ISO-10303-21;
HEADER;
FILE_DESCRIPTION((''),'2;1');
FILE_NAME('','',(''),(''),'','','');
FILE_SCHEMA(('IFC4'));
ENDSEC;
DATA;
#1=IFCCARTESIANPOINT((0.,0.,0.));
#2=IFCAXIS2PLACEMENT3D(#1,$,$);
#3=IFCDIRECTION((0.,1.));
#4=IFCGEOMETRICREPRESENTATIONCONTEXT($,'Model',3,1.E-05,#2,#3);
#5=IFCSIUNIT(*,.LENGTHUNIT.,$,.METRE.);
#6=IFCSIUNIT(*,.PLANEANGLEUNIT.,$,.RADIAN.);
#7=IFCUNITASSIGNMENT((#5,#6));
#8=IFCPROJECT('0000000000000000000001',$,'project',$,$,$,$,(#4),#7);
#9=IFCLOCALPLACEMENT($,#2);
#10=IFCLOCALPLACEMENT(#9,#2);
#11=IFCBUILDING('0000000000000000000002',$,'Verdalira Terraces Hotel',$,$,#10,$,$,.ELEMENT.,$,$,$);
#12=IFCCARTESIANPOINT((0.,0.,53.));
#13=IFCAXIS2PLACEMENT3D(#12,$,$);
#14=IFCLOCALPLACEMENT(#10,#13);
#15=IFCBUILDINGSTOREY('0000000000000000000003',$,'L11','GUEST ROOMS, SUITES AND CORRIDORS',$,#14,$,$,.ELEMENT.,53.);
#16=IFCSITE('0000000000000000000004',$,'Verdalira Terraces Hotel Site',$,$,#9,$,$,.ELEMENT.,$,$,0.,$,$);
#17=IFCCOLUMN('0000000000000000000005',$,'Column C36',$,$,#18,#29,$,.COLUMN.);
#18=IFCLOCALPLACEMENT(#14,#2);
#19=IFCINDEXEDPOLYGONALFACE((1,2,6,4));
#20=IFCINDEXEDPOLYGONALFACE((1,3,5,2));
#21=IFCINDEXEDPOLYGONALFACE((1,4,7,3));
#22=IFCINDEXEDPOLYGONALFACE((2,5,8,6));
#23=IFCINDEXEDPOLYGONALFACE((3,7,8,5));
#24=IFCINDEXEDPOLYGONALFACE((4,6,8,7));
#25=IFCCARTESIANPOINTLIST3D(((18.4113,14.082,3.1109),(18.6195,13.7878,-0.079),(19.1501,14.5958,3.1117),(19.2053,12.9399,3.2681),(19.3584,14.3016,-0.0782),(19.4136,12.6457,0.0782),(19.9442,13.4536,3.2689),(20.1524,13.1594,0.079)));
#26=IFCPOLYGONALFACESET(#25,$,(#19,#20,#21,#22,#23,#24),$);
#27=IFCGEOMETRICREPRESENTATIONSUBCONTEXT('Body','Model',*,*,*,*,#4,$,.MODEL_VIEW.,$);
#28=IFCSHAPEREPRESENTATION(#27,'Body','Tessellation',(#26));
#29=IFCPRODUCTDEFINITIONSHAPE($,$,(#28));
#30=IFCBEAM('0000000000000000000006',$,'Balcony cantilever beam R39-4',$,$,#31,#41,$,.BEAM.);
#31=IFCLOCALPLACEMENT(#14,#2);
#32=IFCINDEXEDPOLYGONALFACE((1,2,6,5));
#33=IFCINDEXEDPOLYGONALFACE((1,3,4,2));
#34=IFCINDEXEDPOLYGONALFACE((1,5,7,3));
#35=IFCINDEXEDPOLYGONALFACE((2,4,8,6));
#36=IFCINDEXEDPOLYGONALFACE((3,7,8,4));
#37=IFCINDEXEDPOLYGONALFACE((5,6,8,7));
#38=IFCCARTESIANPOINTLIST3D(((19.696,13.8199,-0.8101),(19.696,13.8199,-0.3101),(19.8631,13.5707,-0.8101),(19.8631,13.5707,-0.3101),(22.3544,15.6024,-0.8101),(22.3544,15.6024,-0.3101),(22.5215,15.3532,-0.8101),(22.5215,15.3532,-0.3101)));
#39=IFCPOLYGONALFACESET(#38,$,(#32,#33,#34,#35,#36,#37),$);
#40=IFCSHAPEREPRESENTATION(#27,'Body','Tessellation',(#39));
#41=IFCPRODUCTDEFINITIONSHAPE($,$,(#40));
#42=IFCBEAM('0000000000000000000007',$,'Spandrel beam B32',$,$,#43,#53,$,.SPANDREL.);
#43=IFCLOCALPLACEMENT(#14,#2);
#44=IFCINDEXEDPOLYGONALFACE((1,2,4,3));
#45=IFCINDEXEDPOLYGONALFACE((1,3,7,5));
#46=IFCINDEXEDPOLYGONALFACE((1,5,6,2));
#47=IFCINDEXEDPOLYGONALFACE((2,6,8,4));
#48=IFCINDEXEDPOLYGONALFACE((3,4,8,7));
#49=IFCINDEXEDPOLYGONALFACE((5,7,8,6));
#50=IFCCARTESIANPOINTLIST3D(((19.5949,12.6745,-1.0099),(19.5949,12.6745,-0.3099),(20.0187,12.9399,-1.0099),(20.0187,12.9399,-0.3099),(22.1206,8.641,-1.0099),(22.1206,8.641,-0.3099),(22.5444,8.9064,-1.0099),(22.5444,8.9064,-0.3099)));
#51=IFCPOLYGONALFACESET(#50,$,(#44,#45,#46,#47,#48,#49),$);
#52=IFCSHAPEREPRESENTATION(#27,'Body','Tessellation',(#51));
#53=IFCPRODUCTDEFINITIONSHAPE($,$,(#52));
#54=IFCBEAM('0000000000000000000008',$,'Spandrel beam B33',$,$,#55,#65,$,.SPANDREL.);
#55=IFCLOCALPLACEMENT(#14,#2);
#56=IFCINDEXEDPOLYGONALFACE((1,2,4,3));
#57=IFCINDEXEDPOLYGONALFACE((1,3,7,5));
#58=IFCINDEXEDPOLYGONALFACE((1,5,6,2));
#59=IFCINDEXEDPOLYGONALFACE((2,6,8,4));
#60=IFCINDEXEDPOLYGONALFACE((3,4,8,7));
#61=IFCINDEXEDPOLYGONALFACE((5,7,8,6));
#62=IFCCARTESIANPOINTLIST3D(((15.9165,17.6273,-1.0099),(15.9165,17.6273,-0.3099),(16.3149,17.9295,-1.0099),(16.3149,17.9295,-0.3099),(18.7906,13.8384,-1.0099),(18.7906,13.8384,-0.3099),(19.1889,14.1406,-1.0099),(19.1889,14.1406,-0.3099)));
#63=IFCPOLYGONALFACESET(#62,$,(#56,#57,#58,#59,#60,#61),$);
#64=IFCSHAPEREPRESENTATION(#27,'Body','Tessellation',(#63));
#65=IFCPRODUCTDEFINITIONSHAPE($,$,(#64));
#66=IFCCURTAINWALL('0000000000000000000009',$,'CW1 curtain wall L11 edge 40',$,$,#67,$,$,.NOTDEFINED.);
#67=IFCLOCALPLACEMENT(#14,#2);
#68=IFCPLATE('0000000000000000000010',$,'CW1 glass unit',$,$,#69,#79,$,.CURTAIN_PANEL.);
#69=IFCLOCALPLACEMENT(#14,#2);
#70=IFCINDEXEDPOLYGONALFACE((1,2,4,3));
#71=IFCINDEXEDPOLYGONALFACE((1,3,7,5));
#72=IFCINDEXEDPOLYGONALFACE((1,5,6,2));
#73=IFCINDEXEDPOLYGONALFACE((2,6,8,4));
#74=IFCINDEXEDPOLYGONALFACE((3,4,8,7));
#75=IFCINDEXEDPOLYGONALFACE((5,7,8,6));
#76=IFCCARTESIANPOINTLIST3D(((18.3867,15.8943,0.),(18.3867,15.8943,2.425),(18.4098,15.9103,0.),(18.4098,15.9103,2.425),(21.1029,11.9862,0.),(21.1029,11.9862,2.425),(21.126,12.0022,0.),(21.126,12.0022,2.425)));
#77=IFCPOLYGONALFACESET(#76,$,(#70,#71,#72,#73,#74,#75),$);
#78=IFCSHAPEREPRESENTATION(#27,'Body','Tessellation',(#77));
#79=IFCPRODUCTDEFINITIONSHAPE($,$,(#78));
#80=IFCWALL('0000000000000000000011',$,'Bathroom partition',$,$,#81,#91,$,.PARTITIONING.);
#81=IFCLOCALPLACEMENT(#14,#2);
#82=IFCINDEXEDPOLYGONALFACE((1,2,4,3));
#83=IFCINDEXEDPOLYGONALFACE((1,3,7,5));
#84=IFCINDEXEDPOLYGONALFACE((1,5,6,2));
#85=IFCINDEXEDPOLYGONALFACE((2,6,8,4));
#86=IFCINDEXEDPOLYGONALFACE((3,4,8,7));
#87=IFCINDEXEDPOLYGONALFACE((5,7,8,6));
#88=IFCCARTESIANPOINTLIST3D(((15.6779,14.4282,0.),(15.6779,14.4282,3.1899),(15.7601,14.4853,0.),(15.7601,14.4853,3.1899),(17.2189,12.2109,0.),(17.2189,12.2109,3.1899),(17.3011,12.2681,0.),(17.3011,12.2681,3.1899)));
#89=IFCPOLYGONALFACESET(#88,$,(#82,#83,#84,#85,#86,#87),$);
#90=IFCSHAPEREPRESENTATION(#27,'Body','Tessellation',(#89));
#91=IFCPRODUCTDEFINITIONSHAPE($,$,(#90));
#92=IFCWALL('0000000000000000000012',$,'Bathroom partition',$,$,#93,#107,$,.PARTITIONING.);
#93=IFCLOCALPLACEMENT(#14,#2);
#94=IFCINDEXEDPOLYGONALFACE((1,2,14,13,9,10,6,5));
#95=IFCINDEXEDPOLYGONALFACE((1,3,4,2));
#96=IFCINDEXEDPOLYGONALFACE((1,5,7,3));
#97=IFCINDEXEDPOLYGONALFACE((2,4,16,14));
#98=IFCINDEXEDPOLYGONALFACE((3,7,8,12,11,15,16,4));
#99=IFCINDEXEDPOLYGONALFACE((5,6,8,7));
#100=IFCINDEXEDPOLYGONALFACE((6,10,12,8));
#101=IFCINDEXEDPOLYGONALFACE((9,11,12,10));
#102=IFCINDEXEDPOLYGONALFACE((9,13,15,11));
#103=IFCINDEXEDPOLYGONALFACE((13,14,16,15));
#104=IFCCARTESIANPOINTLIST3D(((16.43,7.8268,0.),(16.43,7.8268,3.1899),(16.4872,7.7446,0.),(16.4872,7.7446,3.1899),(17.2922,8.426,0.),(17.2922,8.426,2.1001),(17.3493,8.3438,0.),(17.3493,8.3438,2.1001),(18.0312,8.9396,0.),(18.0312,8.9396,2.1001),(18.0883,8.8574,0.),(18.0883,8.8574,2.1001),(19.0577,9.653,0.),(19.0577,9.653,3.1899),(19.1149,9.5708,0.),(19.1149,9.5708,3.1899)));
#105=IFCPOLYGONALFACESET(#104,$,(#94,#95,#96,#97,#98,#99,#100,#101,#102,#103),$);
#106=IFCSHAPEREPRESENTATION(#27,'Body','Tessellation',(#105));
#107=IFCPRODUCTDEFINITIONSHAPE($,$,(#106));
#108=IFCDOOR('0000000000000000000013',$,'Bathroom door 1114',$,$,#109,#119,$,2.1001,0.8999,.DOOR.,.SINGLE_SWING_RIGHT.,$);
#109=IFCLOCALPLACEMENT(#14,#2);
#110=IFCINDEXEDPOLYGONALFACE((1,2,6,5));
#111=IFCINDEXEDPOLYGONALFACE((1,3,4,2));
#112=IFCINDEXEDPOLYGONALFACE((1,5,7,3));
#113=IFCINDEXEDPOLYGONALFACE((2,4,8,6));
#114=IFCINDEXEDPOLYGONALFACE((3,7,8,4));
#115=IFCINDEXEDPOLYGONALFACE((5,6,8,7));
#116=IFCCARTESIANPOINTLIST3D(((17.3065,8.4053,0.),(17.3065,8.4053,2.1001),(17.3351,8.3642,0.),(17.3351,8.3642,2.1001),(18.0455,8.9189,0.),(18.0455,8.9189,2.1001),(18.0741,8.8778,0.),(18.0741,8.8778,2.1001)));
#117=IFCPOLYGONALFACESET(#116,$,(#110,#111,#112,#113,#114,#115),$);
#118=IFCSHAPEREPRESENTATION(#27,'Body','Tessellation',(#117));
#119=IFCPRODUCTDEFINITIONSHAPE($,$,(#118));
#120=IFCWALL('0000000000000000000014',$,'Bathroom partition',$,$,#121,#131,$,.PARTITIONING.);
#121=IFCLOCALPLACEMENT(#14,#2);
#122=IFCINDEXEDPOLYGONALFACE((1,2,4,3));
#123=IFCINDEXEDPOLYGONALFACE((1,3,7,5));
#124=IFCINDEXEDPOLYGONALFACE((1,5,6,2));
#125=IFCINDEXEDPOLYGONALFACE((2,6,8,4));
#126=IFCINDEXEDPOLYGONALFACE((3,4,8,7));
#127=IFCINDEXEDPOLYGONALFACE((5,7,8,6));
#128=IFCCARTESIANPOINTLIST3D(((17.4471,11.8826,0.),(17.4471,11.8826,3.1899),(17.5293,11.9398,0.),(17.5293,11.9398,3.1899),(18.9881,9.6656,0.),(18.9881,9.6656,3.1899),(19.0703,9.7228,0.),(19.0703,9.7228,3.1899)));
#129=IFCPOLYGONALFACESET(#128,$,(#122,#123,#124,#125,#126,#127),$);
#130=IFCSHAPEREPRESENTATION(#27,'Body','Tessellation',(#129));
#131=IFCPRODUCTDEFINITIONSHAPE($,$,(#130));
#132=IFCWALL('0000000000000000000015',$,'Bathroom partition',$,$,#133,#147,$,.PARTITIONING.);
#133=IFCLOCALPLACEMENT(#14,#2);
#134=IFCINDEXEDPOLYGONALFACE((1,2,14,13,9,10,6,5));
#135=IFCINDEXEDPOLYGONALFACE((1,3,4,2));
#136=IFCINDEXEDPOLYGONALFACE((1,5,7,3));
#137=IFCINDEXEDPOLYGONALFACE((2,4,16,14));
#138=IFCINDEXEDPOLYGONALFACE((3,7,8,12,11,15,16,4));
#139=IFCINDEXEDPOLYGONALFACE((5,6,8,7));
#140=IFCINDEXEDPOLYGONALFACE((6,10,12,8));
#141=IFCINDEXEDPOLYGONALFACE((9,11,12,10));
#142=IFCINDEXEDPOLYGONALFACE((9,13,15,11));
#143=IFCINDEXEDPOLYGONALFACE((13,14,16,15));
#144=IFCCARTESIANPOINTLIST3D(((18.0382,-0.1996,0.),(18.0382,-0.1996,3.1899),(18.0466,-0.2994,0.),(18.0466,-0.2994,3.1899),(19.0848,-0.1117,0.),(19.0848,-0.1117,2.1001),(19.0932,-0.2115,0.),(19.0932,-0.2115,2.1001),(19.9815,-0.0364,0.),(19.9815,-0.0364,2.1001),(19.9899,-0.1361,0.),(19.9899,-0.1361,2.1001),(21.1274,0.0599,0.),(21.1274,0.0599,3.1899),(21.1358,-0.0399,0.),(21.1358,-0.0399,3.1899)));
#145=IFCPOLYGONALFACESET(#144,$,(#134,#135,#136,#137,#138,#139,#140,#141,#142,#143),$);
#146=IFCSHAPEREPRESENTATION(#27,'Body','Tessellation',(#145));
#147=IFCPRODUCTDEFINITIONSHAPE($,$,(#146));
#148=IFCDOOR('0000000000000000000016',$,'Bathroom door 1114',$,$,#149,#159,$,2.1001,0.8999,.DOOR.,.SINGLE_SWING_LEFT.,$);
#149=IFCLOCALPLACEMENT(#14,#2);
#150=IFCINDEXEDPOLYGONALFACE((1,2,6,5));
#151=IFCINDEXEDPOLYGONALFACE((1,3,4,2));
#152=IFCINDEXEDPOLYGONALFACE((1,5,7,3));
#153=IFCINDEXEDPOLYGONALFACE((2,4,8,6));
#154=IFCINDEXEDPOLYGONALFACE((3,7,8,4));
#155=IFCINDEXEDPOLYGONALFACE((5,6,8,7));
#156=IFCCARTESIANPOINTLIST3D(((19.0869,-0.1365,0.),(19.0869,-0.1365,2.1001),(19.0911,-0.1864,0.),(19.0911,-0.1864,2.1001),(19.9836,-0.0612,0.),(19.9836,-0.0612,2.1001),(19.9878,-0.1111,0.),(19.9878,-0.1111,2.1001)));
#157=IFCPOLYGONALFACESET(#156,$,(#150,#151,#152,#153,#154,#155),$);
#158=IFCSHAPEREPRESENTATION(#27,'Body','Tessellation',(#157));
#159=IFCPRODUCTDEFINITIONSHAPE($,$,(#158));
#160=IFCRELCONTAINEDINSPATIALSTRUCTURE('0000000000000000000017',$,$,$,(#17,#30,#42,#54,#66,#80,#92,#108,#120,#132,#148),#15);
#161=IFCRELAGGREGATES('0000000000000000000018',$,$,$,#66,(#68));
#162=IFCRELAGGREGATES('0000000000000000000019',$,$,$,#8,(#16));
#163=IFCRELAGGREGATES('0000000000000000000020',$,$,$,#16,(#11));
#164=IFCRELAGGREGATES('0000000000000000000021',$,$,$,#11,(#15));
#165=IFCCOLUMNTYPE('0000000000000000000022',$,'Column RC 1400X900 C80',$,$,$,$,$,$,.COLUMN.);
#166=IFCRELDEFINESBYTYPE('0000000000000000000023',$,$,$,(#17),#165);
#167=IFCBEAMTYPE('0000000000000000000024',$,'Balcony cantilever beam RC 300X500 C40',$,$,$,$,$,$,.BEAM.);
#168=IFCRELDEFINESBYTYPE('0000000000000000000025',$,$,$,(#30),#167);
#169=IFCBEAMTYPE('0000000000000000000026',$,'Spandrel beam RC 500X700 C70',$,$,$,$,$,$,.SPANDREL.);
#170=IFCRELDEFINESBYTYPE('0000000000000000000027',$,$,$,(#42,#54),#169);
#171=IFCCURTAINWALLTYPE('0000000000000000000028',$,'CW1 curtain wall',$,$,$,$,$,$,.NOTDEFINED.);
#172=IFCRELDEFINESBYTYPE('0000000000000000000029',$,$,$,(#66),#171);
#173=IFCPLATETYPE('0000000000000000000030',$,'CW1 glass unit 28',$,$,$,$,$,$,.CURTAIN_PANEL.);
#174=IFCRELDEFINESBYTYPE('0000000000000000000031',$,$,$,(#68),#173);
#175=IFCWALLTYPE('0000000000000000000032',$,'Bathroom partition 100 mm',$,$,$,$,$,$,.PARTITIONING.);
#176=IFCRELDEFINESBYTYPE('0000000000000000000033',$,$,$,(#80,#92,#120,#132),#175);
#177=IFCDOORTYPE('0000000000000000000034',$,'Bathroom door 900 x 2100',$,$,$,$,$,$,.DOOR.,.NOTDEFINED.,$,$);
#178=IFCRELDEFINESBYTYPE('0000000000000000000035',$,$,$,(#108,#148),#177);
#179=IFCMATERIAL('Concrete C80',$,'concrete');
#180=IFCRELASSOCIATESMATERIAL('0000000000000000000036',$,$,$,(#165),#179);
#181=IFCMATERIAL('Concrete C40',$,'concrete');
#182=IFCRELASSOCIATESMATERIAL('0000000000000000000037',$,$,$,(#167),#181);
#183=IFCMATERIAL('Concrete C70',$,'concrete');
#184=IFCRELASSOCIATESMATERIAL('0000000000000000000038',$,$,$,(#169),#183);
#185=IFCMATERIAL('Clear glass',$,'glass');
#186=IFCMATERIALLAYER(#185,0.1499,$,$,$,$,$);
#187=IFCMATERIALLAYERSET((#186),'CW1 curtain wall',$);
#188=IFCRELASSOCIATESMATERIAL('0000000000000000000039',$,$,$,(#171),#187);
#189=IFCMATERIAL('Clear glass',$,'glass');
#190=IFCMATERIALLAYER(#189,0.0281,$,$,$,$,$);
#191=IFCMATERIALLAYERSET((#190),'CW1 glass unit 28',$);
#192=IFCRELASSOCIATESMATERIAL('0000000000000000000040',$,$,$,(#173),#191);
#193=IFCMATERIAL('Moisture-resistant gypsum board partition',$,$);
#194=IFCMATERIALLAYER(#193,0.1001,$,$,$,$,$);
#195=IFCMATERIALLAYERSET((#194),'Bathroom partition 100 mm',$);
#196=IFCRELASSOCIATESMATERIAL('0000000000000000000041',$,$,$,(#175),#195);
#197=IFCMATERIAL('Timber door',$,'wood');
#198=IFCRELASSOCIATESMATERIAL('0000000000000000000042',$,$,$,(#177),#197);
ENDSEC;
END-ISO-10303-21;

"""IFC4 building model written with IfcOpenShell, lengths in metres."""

from ifc_helpers import new_model, si_unit, direction, frame, frame_2d, origin, origin_2d, place, context, subcontext, project, spatial, rectangle, extrude, material, layer, layer_set, material_profile, profile_set, type_object, element, fill, aggregate, save


model = new_model("IFC4")

# Units and contexts
model_context = context("Model", 3, precision=1e-05, world=origin(), true_north=direction((0.0, 1.0)))
body_context = subcontext(model_context, "Body", "Model", "MODEL_VIEW")
ifc_project = project(units=[si_unit("LENGTHUNIT", "METRE"), si_unit("PLANEANGLEUNIT", "RADIAN")], contexts=[model_context])

# Site, building, storey
site_placement = place(None, origin())
site = spatial("IfcSite", under=ifc_project, at=site_placement, Name="Verdalira Terraces Hotel Site", CompositionType="ELEMENT", RefElevation=0.0)
building_placement = place(site_placement, origin())
building = spatial("IfcBuilding", under=site, at=building_placement, Name="Verdalira Terraces Hotel", CompositionType="ELEMENT")
storey_placement = place(building_placement, frame((0.0, 0.0, 53.0)))
storey = spatial("IfcBuildingStorey", under=building, at=storey_placement, Name="L11", Description="GUEST ROOMS, SUITES AND CORRIDORS", CompositionType="ELEMENT", Elevation=53.0)

# Column
ifc_material_1 = material(Name="Concrete C80", Category="concrete")
ifc_material_profile_1 = material_profile(ifc_material_1, rectangle(XDim=1.3999, YDim=0.8999, at=origin_2d()), Name="RC 1400X900")
ifc_profile_set_1 = profile_set([ifc_material_profile_1], Name="Concrete C80")
column_type = type_object("IfcColumnType", Name="Column RC 1400X900 C80", PredefinedType="COLUMN", material=ifc_profile_set_1)
column_placement = place(storey_placement, frame((19.386, 13.4736, 0.0), z_axis=(-0.064871, 0.091641, 0.993677), x_axis=(-0.567217, 0.815879, -0.112274)))
element("IfcColumn", 1, at=column_placement, inside=storey, type_object=column_type, Name="Column C36", PredefinedType="COLUMN", context=body_context, shape_type="SweptSolid", body=[
    extrude(rectangle(XDim=1.3999, YDim=0.8999, at=origin_2d()), origin(), (0.0, 0.0, 1.0), 3.2102),
])

# Beams
ifc_material_2 = material(Name="Concrete C40", Category="concrete")
ifc_material_profile_2 = material_profile(ifc_material_2, rectangle(XDim=0.3, YDim=0.5, at=origin_2d()), Name="RC 300X500")
ifc_profile_set_2 = profile_set([ifc_material_profile_2], Name="Concrete C40")
beam_type_1 = type_object("IfcBeamType", Name="Balcony cantilever beam RC 300X500 C40", PredefinedType="BEAM", material=ifc_profile_set_2)
beam_1_placement = place(storey_placement, frame((19.7795, 13.6953, -0.5601), z_axis=(0.830581, 0.556899, 0.0), x_axis=(-0.556899, 0.830581, 0.0)))
element("IfcBeam", 2, at=beam_1_placement, inside=storey, type_object=beam_type_1, Name="Balcony cantilever beam R39-4", PredefinedType="BEAM", context=body_context, shape_type="SweptSolid", body=[
    extrude(rectangle(XDim=0.3, YDim=0.5, at=origin_2d()), origin(), (0.0, 0.0, 1.0), 3.2007),
])
ifc_material_3 = material(Name="Concrete C70", Category="concrete")
ifc_material_profile_3 = material_profile(ifc_material_3, rectangle(XDim=0.5, YDim=0.7, at=origin_2d()), Name="RC 500X700")
ifc_profile_set_3 = profile_set([ifc_material_profile_3], Name="Concrete C70")
beam_type_2 = type_object("IfcBeamType", Name="Spandrel beam RC 500X700 C70", PredefinedType="SPANDREL", material=ifc_profile_set_3)
beam_2_placement = place(storey_placement, frame((22.3325, 8.7737, -0.6599), z_axis=(-0.530714, 0.847551, 0.0), x_axis=(-0.847551, -0.530714, 0.0)))
element("IfcBeam", 3, at=beam_2_placement, inside=storey, type_object=beam_type_2, Name="Spandrel beam B32", PredefinedType="SPANDREL", context=body_context, shape_type="SweptSolid", body=[
    extrude(rectangle(XDim=0.5, YDim=0.7, at=origin_2d()), origin(), (0.0, 0.0, 1.0), 4.759),
])
beam_3_placement = place(storey_placement, frame((18.9897, 13.9895, -0.6599), z_axis=(-0.604353, 0.796717, 0.0), x_axis=(-0.796717, -0.604353, 0.0)))
element("IfcBeam", 4, at=beam_3_placement, inside=storey, type_object=beam_type_2, Name="Spandrel beam B33", PredefinedType="SPANDREL", context=body_context, shape_type="SweptSolid", body=[
    extrude(rectangle(XDim=0.5, YDim=0.7, at=origin_2d()), origin(), (0.0, 0.0, 1.0), 4.7556),
])

# Curtain wall, plate
ifc_material_4 = material(Name="Clear glass", Category="glass")
ifc_layer_1 = layer(ifc_material_4, 0.1499)
ifc_layer_set_1 = layer_set([ifc_layer_1], Name="CW1 curtain wall")
curtain_wall_type = type_object("IfcCurtainWallType", Name="CW1 curtain wall", PredefinedType="NOTDEFINED", material=ifc_layer_set_1)
curtain_wall_placement = place(storey_placement, origin())
curtain_wall = element("IfcCurtainWall", 5, at=curtain_wall_placement, inside=storey, type_object=curtain_wall_type, Name="CW1 curtain wall L11 edge 40", PredefinedType="NOTDEFINED")
ifc_material_5 = material(Name="Clear glass", Category="glass")
ifc_layer_2 = layer(ifc_material_5, 0.0281)
ifc_layer_set_2 = layer_set([ifc_layer_2], Name="CW1 glass unit 28")
plate_type = type_object("IfcPlateType", Name="CW1 glass unit 28", PredefinedType="CURTAIN_PANEL", material=ifc_layer_set_2)
plate_placement = place(storey_placement, frame((19.7563, 13.9482, 0.0), z_axis=(0.0, 0.0, 1.0), x_axis=(-0.570714, 0.821149, 0.0)))
plate = element("IfcPlate", 6, at=plate_placement, type_object=plate_type, Name="CW1 glass unit", PredefinedType="CURTAIN_PANEL", context=body_context, shape_type="SweptSolid", body=[
    extrude(rectangle(XDim=4.7593, YDim=0.0281, at=origin_2d()), origin(), (0.0, 0.0, 1.0), 2.425),
])
aggregate(curtain_wall, [plate])

# Wall
ifc_material_6 = material(Name="Moisture-resistant gypsum board partition")
ifc_layer_3 = layer(ifc_material_6, 0.1001)
ifc_layer_set_3 = layer_set([ifc_layer_3], Name="Bathroom partition 100 mm")
wall_type_1 = type_object("IfcWallType", Name="Bathroom partition 100 mm", PredefinedType="PARTITIONING", material=ifc_layer_set_3)
wall_1_placement = place(storey_placement, frame((15.719, 14.4568, 0.0), z_axis=(0.0, 0.0, 1.0), x_axis=(0.570704, -0.821156, 0.0)))
element("IfcWall", 7, at=wall_1_placement, inside=storey, type_object=wall_type_1, Name="Bathroom partition", PredefinedType="PARTITIONING", context=body_context, shape_type="SweptSolid", body=[
    extrude(rectangle(XDim=2.7002, YDim=0.1001, at=frame_2d((1.3501, 0.0))), origin(), (0.0, 0.0, 1.0), 3.1899),
])

# Wall, opening, door
wall_2_placement = place(storey_placement, frame((16.4585, 7.7856, 0.0), z_axis=(0.0, 0.0, 1.0), x_axis=(0.821166, 0.570689, 0.0)))
wall_2 = element("IfcWall", 8, at=wall_2_placement, inside=storey, type_object=wall_type_1, Name="Bathroom partition", PredefinedType="PARTITIONING", context=body_context, shape_type="SweptSolid", body=[
    extrude(rectangle(XDim=3.2, YDim=0.1001, at=frame_2d((1.6001, 0.0))), origin(), (0.0, 0.0, 1.0), 3.1899),
])
opening_1_placement = place(wall_2_placement, frame((1.05, 0.0, 0.0)))
opening_1 = element("IfcOpeningElement", 9, at=opening_1_placement, cuts=wall_2, PredefinedType="OPENING", context=body_context, shape_type="SweptSolid", body=[
    extrude(rectangle(XDim=0.8999, YDim=2.1001, at=frame_2d((0.45, 1.05))), frame((0.0, 0.0601, 0.0), z_axis=(0.0, -1.0, 0.0), x_axis=(1.0, 0.0, 0.0)), (0.0, 0.0, 1.0), 0.1201),
])
ifc_material_7 = material(Name="Timber door", Category="wood")
door_type_1 = type_object("IfcDoorType", Name="Bathroom door 900 x 2100", OperationType="NOTDEFINED", PredefinedType="DOOR", material=ifc_material_7)
door_1_placement = place(opening_1_placement, origin())
door_1 = element("IfcDoor", 10, at=door_1_placement, inside=storey, type_object=door_type_1, Name="Bathroom door 1114", OperationType="SINGLE_SWING_RIGHT", OverallHeight=2.1001, OverallWidth=0.8999, PredefinedType="DOOR", context=body_context, shape_type="SweptSolid", body=[
    extrude(rectangle(XDim=0.8999, YDim=2.1001, at=frame_2d((0.45, 1.05))), frame((0.0, 0.0249, 0.0), z_axis=(0.0, -1.0, 0.0), x_axis=(1.0, 0.0, 0.0)), (0.0, 0.0, 1.0), 0.05),
])
fill(opening_1, door_1)

# Wall
wall_3_placement = place(storey_placement, frame((19.0293, 9.6941, 0.0), z_axis=(0.0, 0.0, 1.0), x_axis=(-0.570747, 0.821126, 0.0)))
element("IfcWall", 11, at=wall_3_placement, inside=storey, type_object=wall_type_1, Name="Bathroom partition", PredefinedType="PARTITIONING", context=body_context, shape_type="SweptSolid", body=[
    extrude(rectangle(XDim=2.7, YDim=0.1001, at=frame_2d((1.3501, 0.0))), origin(), (0.0, 0.0, 1.0), 3.1899),
])

# Wall, opening, door
wall_4_placement = place(storey_placement, frame((21.1316, 0.01, 0.0), z_axis=(0.0, 0.0, 1.0), x_axis=(-0.99649, -0.083717, 0.0)))
wall_4 = element("IfcWall", 12, at=wall_4_placement, inside=storey, type_object=wall_type_1, Name="Bathroom partition", PredefinedType="PARTITIONING", context=body_context, shape_type="SweptSolid", body=[
    extrude(rectangle(XDim=3.1001, YDim=0.1001, at=frame_2d((1.55, 0.0))), origin(), (0.0, 0.0, 1.0), 3.1899),
])
opening_2_placement = place(wall_4_placement, frame((1.1499, 0.0, 0.0)))
opening_2 = element("IfcOpeningElement", 13, at=opening_2_placement, cuts=wall_4, PredefinedType="OPENING", context=body_context, shape_type="SweptSolid", body=[
    extrude(rectangle(XDim=0.8999, YDim=2.1001, at=frame_2d((0.45, 1.05))), frame((0.0, 0.0601, 0.0), z_axis=(0.0, -1.0, 0.0), x_axis=(1.0, 0.0, 0.0)), (0.0, 0.0, 1.0), 0.1201),
])
door_2_placement = place(opening_2_placement, origin())
door_2 = element("IfcDoor", 14, at=door_2_placement, inside=storey, type_object=door_type_1, Name="Bathroom door 1114", OperationType="SINGLE_SWING_LEFT", OverallHeight=2.1001, OverallWidth=0.8999, PredefinedType="DOOR", context=body_context, shape_type="SweptSolid", body=[
    extrude(rectangle(XDim=0.8999, YDim=2.1001, at=frame_2d((0.45, 1.05))), frame((0.0, 0.0249, 0.0), z_axis=(0.0, -1.0, 0.0), x_axis=(1.0, 0.0, 0.0)), (0.0, 0.0, 1.0), 0.05),
])
fill(opening_2, door_2)

save(model, "model.ifc")
